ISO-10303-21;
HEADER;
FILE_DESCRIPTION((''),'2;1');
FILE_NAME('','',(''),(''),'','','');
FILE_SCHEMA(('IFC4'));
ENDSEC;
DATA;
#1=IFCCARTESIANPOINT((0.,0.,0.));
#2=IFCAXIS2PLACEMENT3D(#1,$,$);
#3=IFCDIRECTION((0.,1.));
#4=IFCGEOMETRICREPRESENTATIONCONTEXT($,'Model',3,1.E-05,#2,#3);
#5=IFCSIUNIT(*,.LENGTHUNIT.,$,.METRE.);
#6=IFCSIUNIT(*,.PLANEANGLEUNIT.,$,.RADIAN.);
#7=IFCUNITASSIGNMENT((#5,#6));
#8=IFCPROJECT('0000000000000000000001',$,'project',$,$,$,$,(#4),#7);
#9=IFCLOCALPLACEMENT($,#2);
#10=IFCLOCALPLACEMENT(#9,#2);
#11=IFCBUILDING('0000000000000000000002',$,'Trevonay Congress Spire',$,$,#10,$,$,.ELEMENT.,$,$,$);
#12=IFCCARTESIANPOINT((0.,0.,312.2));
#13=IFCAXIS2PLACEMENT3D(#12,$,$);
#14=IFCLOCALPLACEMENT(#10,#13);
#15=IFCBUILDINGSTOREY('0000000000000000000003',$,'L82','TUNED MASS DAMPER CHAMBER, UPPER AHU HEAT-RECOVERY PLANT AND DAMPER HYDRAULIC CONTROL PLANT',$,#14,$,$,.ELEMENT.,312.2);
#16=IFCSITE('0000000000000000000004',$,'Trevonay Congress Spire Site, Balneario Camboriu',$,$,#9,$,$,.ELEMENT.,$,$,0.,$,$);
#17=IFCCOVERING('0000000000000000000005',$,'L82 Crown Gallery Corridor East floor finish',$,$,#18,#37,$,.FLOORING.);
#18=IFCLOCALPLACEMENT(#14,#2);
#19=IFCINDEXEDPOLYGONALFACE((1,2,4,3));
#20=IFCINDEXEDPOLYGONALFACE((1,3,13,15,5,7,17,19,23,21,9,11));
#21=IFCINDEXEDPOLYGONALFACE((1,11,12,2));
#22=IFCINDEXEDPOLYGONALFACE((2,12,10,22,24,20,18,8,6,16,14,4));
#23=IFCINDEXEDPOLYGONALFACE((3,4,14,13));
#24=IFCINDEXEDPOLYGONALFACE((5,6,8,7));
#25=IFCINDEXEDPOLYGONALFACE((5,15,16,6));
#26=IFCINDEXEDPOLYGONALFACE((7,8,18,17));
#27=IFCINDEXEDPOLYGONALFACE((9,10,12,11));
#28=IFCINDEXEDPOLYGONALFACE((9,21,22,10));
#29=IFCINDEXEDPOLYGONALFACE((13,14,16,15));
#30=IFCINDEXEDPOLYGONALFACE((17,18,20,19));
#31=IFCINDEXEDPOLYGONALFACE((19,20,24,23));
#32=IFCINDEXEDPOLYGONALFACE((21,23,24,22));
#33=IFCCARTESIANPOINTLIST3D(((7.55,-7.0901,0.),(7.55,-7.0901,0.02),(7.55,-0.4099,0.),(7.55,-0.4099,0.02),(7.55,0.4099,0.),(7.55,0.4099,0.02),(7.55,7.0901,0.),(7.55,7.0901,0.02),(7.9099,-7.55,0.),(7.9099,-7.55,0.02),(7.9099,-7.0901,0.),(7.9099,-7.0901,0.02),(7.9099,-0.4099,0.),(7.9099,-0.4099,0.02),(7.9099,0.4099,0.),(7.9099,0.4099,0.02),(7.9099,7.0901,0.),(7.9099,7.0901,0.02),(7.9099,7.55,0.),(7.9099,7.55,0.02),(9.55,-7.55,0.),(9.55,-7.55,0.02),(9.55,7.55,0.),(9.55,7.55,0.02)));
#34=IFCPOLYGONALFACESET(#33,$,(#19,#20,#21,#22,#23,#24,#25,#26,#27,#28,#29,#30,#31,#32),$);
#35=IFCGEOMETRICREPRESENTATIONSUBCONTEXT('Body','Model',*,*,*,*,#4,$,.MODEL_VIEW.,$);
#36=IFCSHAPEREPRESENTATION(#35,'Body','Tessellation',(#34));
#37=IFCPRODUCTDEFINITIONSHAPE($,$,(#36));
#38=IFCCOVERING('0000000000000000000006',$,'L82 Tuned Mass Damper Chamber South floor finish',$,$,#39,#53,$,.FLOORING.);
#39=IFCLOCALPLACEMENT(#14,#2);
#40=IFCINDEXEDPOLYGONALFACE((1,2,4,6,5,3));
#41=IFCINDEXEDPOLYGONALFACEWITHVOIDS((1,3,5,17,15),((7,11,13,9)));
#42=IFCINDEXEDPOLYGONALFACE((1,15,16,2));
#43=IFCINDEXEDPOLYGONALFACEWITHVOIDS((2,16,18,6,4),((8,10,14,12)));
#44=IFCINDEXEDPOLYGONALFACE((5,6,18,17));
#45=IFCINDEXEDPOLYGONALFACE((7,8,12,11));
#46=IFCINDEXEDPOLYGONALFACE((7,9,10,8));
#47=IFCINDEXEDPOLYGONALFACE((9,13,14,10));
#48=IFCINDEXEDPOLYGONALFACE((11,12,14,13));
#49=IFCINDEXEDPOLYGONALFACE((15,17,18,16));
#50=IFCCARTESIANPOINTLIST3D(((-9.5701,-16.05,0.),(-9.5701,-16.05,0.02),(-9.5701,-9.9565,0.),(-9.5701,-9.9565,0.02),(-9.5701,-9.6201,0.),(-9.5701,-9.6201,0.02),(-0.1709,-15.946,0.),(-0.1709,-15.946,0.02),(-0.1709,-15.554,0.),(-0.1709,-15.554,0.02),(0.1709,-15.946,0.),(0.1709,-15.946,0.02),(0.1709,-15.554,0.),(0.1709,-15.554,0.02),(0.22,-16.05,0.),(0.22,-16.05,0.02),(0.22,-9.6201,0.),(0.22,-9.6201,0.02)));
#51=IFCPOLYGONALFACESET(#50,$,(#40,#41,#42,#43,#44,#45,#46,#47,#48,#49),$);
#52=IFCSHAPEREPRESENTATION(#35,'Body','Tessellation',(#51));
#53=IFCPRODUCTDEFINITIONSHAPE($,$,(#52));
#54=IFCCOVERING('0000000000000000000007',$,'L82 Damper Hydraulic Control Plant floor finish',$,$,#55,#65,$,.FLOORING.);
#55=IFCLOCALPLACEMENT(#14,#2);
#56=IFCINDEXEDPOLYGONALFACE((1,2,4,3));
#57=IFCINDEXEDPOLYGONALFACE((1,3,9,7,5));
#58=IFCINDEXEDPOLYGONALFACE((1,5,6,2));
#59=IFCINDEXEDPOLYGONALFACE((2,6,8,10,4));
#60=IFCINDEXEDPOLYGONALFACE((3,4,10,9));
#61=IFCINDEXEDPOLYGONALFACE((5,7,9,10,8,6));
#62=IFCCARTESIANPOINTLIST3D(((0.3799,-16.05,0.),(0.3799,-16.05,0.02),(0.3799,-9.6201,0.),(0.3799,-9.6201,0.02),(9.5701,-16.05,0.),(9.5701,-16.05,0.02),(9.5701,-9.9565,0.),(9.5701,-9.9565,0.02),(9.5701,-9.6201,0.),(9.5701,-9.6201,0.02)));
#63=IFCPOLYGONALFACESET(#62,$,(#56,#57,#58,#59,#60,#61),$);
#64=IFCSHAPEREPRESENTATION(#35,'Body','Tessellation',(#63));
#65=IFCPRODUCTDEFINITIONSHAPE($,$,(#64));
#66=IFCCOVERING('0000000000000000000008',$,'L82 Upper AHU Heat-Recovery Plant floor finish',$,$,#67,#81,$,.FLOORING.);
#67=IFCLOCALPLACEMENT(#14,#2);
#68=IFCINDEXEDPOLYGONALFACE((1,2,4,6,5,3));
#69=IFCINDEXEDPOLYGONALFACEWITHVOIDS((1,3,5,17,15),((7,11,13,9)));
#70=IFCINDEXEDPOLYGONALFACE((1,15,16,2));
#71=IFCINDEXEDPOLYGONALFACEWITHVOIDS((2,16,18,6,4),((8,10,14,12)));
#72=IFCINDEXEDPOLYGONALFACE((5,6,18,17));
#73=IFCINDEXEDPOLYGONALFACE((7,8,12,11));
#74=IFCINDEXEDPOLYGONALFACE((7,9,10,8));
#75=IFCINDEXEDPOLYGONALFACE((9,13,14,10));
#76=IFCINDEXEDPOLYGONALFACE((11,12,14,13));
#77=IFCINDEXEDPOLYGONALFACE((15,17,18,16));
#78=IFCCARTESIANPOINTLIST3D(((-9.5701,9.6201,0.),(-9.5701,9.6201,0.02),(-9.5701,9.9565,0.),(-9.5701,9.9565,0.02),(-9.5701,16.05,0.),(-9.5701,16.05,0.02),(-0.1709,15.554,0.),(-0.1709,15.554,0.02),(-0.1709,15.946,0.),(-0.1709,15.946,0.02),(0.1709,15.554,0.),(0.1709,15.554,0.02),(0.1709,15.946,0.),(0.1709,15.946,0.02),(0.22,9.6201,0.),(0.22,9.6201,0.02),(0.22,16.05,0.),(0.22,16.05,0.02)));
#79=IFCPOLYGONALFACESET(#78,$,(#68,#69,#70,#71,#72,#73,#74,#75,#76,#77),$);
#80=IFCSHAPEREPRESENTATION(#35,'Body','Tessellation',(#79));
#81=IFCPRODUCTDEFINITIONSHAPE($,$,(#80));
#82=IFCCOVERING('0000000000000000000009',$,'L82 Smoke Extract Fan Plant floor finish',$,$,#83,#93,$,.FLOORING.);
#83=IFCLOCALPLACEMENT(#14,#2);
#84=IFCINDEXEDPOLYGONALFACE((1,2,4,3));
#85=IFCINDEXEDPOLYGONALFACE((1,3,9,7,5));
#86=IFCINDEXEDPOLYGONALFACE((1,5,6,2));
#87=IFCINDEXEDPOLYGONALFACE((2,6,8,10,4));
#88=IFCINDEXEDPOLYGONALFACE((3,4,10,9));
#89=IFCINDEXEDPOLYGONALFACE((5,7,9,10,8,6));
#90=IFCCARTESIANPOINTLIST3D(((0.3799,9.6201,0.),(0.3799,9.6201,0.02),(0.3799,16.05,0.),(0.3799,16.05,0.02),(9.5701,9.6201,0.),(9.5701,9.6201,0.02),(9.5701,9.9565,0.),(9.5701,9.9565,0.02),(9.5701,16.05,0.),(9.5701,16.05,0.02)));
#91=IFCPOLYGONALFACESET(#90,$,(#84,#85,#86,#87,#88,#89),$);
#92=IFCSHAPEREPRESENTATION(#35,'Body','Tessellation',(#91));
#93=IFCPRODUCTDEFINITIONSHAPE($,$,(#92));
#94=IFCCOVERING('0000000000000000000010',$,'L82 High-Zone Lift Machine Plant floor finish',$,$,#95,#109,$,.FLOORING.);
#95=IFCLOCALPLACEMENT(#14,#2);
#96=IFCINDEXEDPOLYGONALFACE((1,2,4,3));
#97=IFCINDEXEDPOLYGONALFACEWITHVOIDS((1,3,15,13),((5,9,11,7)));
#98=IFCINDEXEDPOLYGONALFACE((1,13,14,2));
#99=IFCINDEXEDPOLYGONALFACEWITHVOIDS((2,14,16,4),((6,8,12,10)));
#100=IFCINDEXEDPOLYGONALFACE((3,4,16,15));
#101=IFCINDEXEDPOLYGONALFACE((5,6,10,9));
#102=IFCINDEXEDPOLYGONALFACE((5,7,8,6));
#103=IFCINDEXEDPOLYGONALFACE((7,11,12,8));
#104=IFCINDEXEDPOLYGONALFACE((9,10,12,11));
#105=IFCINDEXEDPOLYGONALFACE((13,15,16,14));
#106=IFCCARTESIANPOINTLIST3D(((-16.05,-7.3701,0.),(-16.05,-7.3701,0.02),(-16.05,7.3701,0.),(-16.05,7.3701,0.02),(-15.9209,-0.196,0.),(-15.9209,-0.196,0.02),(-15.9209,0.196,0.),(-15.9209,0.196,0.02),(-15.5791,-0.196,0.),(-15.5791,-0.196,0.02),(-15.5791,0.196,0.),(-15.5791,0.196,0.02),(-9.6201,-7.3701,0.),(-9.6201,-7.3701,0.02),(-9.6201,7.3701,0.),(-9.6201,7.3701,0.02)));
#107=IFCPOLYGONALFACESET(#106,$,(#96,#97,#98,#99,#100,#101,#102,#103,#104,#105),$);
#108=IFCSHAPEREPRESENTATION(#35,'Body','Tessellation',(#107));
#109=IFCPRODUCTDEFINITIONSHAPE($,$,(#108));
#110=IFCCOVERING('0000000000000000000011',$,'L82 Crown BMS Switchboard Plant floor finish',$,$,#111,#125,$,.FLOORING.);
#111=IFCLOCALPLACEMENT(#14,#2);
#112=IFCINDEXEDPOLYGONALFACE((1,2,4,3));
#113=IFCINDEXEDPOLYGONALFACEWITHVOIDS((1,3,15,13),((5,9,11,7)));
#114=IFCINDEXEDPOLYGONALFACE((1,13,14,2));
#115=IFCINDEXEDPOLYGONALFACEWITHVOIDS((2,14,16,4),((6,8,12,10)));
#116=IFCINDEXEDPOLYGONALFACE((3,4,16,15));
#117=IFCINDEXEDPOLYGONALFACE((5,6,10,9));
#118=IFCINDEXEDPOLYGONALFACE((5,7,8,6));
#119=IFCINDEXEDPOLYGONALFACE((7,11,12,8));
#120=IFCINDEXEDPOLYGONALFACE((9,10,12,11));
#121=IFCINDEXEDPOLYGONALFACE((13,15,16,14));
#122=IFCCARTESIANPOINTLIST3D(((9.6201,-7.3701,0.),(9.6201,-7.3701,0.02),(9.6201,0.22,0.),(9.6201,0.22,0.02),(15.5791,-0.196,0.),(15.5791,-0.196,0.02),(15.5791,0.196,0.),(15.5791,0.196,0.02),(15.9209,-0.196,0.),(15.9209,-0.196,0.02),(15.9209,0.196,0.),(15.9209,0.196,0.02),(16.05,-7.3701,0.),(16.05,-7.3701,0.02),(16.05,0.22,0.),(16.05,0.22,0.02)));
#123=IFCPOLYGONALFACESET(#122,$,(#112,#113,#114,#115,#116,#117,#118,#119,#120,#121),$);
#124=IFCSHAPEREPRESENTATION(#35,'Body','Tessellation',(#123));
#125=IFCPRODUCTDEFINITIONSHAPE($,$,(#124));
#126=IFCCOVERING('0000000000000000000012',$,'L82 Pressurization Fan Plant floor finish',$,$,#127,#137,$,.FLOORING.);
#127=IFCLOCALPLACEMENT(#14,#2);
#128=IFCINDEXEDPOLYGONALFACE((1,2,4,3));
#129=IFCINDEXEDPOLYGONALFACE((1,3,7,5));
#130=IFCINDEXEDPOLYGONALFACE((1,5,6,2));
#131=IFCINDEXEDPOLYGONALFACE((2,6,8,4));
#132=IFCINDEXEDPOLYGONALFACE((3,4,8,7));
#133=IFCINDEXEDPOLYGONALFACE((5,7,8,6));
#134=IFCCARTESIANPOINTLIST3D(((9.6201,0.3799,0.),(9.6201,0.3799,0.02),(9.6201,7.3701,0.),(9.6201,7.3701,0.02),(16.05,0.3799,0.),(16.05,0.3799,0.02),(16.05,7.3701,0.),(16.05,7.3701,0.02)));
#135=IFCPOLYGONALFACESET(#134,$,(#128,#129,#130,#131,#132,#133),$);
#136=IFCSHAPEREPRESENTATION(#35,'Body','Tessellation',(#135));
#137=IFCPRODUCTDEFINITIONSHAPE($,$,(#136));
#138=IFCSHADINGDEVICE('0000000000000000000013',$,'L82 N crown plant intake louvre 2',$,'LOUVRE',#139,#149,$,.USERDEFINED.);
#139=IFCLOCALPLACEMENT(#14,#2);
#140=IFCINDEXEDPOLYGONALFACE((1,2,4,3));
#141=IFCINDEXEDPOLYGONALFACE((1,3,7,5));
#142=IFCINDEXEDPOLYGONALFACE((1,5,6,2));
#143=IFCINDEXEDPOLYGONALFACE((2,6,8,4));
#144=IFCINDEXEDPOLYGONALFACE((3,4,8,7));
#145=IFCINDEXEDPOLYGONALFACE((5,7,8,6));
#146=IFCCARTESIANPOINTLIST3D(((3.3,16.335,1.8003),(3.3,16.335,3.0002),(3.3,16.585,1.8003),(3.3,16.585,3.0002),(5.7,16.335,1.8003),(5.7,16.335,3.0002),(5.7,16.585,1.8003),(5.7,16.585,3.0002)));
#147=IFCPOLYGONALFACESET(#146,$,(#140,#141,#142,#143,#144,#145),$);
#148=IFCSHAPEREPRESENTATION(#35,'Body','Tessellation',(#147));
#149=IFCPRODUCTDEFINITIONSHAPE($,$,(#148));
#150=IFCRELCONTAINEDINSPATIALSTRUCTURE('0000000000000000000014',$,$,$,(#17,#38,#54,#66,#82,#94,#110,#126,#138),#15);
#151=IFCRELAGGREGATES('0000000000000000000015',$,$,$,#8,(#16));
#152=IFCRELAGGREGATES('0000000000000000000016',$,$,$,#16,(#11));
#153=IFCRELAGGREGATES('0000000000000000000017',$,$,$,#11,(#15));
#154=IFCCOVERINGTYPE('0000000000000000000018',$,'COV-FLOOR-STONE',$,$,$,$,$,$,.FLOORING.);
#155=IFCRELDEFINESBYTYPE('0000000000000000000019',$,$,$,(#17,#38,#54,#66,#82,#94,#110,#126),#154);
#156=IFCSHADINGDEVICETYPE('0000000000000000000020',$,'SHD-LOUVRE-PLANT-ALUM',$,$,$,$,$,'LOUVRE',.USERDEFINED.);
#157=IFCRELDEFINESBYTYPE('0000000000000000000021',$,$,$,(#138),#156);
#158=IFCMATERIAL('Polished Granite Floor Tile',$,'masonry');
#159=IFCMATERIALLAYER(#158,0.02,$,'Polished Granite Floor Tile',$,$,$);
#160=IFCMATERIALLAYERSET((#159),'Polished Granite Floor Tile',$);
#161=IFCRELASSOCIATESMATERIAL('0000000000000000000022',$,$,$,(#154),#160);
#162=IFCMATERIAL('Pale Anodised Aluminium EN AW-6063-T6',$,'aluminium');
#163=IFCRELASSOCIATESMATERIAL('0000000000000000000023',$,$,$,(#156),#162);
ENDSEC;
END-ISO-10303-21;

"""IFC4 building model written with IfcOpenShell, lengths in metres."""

from ifc_helpers import new_model, si_unit, direction, frame, origin, origin_2d, place, context, subcontext, project, spatial, polyline, rectangle, outline, extrude, material, layer, layer_set, type_object, element, save


model = new_model("IFC4")

# Units and contexts
model_context = context("Model", 3, precision=1e-05, world=origin(), true_north=direction((0.0, 1.0)))
body_context = subcontext(model_context, "Body", "Model", "MODEL_VIEW")
ifc_project = project(units=[si_unit("LENGTHUNIT", "METRE"), si_unit("PLANEANGLEUNIT", "RADIAN")], contexts=[model_context])

# Site, building, storey
site_placement = place(None, origin())
site = spatial("IfcSite", under=ifc_project, at=site_placement, Name="Trevonay Congress Spire Site, Balneario Camboriu", CompositionType="ELEMENT", RefElevation=0.0)
building_placement = place(site_placement, origin())
building = spatial("IfcBuilding", under=site, at=building_placement, Name="Trevonay Congress Spire", CompositionType="ELEMENT")
storey_placement = place(building_placement, frame((0.0, 0.0, 312.2)))
storey = spatial("IfcBuildingStorey", under=building, at=storey_placement, Name="L82", Description="TUNED MASS DAMPER CHAMBER, UPPER AHU HEAT-RECOVERY PLANT AND DAMPER HYDRAULIC CONTROL PLANT", CompositionType="ELEMENT", Elevation=312.2)

# Shared definitions
ifc_material_1 = material(Name="Pale Anodised Aluminium EN AW-6063-T6", Category="aluminium")

# Coverings
ifc_material_2 = material(Name="Polished Granite Floor Tile", Category="masonry")
ifc_layer_1 = layer(ifc_material_2, 0.02, Name="Polished Granite Floor Tile")
ifc_layer_set_1 = layer_set([ifc_layer_1], Name="Polished Granite Floor Tile")
covering_type_1 = type_object("IfcCoveringType", Name="COV-FLOOR-STONE", PredefinedType="FLOORING", material=ifc_layer_set_1)
covering_1_placement = place(storey_placement, origin())
element("IfcCovering", 1, at=covering_1_placement, inside=storey, type_object=covering_type_1, Name="L82 Crown Gallery Corridor East floor finish", PredefinedType="FLOORING", context=body_context, shape_type="SweptSolid", body=[
    extrude(outline(polyline([(9.55, -7.55), (7.9099, -7.55), (7.9099, -7.0901), (7.55, -7.0901), (7.55, -0.4099), (7.9099, -0.4099), (7.9099, 0.4099), (7.55, 0.4099), (7.55, 7.0901), (7.9099, 7.0901), (7.9099, 7.55), (9.55, 7.55), (9.55, -7.55)])), origin(), (0.0, 0.0, 1.0), 0.02),
])
covering_2_placement = place(storey_placement, origin())
element("IfcCovering", 2, at=covering_2_placement, inside=storey, type_object=covering_type_1, Name="L82 Tuned Mass Damper Chamber South floor finish", PredefinedType="FLOORING", context=body_context, shape_type="SweptSolid", body=[
    extrude(outline(polyline([(0.22, -9.6201), (0.22, -16.05), (-9.5701, -16.05), (-9.5701, -9.9565), (-9.5701, -9.6201), (0.22, -9.6201)]), holes=[polyline([(-0.1709, -15.946), (0.1709, -15.946), (0.1709, -15.554), (-0.1709, -15.554), (-0.1709, -15.946)])]), origin(), (0.0, 0.0, 1.0), 0.02),
])
covering_3_placement = place(storey_placement, origin())
element("IfcCovering", 3, at=covering_3_placement, inside=storey, type_object=covering_type_1, Name="L82 Damper Hydraulic Control Plant floor finish", PredefinedType="FLOORING", context=body_context, shape_type="SweptSolid", body=[
    extrude(outline(polyline([(9.5701, -16.05), (0.3799, -16.05), (0.3799, -9.6201), (9.5701, -9.6201), (9.5701, -9.9565), (9.5701, -16.05)])), origin(), (0.0, 0.0, 1.0), 0.02),
])
covering_4_placement = place(storey_placement, origin())
element("IfcCovering", 4, at=covering_4_placement, inside=storey, type_object=covering_type_1, Name="L82 Upper AHU Heat-Recovery Plant floor finish", PredefinedType="FLOORING", context=body_context, shape_type="SweptSolid", body=[
    extrude(outline(polyline([(-9.5701, 16.05), (0.22, 16.05), (0.22, 9.6201), (-9.5701, 9.6201), (-9.5701, 9.9565), (-9.5701, 16.05)]), holes=[polyline([(-0.1709, 15.554), (0.1709, 15.554), (0.1709, 15.946), (-0.1709, 15.946), (-0.1709, 15.554)])]), origin(), (0.0, 0.0, 1.0), 0.02),
])
covering_5_placement = place(storey_placement, origin())
element("IfcCovering", 5, at=covering_5_placement, inside=storey, type_object=covering_type_1, Name="L82 Smoke Extract Fan Plant floor finish", PredefinedType="FLOORING", context=body_context, shape_type="SweptSolid", body=[
    extrude(outline(polyline([(0.3799, 9.6201), (0.3799, 16.05), (9.5701, 16.05), (9.5701, 9.9565), (9.5701, 9.6201), (0.3799, 9.6201)])), origin(), (0.0, 0.0, 1.0), 0.02),
])
covering_6_placement = place(storey_placement, origin())
element("IfcCovering", 6, at=covering_6_placement, inside=storey, type_object=covering_type_1, Name="L82 High-Zone Lift Machine Plant floor finish", PredefinedType="FLOORING", context=body_context, shape_type="SweptSolid", body=[
    extrude(outline(polyline([(-16.05, 7.3701), (-9.6201, 7.3701), (-9.6201, -7.3701), (-16.05, -7.3701), (-16.05, 7.3701)]), holes=[polyline([(-15.5791, -0.196), (-15.5791, 0.196), (-15.9209, 0.196), (-15.9209, -0.196), (-15.5791, -0.196)])]), origin(), (0.0, 0.0, 1.0), 0.02),
])
covering_7_placement = place(storey_placement, origin())
element("IfcCovering", 7, at=covering_7_placement, inside=storey, type_object=covering_type_1, Name="L82 Crown BMS Switchboard Plant floor finish", PredefinedType="FLOORING", context=body_context, shape_type="SweptSolid", body=[
    extrude(outline(polyline([(9.6201, 0.22), (16.05, 0.22), (16.05, -7.3701), (9.6201, -7.3701), (9.6201, 0.22)]), holes=[polyline([(15.9209, -0.196), (15.9209, 0.196), (15.5791, 0.196), (15.5791, -0.196), (15.9209, -0.196)])]), origin(), (0.0, 0.0, 1.0), 0.02),
])
covering_8_placement = place(storey_placement, origin())
element("IfcCovering", 8, at=covering_8_placement, inside=storey, type_object=covering_type_1, Name="L82 Pressurization Fan Plant floor finish", PredefinedType="FLOORING", context=body_context, shape_type="SweptSolid", body=[
    extrude(outline(polyline([(9.6201, 0.3799), (16.05, 0.3799), (16.05, 7.3701), (9.6201, 7.3701), (9.6201, 0.3799)])), origin(), (0.0, 0.0, 1.0), 0.02),
])

# Shading device
shading_device_type = type_object("IfcShadingDeviceType", Name="SHD-LOUVRE-PLANT-ALUM", ElementType="LOUVRE", PredefinedType="USERDEFINED", material=ifc_material_1)
shading_device_placement = place(storey_placement, frame((4.5, 16.46, 1.8003), z_axis=(0.0, 0.0, 1.0), x_axis=(1.0, 0.0, 0.0)))
element("IfcShadingDevice", 9, at=shading_device_placement, inside=storey, type_object=shading_device_type, Name="L82 N crown plant intake louvre 2", ObjectType="LOUVRE", PredefinedType="USERDEFINED", context=body_context, shape_type="SweptSolid", body=[
    extrude(rectangle(XDim=2.3999, YDim=0.25, at=origin_2d()), origin(), (0.0, 0.0, 1.0), 1.2),
])

save(model, "model.ifc")
